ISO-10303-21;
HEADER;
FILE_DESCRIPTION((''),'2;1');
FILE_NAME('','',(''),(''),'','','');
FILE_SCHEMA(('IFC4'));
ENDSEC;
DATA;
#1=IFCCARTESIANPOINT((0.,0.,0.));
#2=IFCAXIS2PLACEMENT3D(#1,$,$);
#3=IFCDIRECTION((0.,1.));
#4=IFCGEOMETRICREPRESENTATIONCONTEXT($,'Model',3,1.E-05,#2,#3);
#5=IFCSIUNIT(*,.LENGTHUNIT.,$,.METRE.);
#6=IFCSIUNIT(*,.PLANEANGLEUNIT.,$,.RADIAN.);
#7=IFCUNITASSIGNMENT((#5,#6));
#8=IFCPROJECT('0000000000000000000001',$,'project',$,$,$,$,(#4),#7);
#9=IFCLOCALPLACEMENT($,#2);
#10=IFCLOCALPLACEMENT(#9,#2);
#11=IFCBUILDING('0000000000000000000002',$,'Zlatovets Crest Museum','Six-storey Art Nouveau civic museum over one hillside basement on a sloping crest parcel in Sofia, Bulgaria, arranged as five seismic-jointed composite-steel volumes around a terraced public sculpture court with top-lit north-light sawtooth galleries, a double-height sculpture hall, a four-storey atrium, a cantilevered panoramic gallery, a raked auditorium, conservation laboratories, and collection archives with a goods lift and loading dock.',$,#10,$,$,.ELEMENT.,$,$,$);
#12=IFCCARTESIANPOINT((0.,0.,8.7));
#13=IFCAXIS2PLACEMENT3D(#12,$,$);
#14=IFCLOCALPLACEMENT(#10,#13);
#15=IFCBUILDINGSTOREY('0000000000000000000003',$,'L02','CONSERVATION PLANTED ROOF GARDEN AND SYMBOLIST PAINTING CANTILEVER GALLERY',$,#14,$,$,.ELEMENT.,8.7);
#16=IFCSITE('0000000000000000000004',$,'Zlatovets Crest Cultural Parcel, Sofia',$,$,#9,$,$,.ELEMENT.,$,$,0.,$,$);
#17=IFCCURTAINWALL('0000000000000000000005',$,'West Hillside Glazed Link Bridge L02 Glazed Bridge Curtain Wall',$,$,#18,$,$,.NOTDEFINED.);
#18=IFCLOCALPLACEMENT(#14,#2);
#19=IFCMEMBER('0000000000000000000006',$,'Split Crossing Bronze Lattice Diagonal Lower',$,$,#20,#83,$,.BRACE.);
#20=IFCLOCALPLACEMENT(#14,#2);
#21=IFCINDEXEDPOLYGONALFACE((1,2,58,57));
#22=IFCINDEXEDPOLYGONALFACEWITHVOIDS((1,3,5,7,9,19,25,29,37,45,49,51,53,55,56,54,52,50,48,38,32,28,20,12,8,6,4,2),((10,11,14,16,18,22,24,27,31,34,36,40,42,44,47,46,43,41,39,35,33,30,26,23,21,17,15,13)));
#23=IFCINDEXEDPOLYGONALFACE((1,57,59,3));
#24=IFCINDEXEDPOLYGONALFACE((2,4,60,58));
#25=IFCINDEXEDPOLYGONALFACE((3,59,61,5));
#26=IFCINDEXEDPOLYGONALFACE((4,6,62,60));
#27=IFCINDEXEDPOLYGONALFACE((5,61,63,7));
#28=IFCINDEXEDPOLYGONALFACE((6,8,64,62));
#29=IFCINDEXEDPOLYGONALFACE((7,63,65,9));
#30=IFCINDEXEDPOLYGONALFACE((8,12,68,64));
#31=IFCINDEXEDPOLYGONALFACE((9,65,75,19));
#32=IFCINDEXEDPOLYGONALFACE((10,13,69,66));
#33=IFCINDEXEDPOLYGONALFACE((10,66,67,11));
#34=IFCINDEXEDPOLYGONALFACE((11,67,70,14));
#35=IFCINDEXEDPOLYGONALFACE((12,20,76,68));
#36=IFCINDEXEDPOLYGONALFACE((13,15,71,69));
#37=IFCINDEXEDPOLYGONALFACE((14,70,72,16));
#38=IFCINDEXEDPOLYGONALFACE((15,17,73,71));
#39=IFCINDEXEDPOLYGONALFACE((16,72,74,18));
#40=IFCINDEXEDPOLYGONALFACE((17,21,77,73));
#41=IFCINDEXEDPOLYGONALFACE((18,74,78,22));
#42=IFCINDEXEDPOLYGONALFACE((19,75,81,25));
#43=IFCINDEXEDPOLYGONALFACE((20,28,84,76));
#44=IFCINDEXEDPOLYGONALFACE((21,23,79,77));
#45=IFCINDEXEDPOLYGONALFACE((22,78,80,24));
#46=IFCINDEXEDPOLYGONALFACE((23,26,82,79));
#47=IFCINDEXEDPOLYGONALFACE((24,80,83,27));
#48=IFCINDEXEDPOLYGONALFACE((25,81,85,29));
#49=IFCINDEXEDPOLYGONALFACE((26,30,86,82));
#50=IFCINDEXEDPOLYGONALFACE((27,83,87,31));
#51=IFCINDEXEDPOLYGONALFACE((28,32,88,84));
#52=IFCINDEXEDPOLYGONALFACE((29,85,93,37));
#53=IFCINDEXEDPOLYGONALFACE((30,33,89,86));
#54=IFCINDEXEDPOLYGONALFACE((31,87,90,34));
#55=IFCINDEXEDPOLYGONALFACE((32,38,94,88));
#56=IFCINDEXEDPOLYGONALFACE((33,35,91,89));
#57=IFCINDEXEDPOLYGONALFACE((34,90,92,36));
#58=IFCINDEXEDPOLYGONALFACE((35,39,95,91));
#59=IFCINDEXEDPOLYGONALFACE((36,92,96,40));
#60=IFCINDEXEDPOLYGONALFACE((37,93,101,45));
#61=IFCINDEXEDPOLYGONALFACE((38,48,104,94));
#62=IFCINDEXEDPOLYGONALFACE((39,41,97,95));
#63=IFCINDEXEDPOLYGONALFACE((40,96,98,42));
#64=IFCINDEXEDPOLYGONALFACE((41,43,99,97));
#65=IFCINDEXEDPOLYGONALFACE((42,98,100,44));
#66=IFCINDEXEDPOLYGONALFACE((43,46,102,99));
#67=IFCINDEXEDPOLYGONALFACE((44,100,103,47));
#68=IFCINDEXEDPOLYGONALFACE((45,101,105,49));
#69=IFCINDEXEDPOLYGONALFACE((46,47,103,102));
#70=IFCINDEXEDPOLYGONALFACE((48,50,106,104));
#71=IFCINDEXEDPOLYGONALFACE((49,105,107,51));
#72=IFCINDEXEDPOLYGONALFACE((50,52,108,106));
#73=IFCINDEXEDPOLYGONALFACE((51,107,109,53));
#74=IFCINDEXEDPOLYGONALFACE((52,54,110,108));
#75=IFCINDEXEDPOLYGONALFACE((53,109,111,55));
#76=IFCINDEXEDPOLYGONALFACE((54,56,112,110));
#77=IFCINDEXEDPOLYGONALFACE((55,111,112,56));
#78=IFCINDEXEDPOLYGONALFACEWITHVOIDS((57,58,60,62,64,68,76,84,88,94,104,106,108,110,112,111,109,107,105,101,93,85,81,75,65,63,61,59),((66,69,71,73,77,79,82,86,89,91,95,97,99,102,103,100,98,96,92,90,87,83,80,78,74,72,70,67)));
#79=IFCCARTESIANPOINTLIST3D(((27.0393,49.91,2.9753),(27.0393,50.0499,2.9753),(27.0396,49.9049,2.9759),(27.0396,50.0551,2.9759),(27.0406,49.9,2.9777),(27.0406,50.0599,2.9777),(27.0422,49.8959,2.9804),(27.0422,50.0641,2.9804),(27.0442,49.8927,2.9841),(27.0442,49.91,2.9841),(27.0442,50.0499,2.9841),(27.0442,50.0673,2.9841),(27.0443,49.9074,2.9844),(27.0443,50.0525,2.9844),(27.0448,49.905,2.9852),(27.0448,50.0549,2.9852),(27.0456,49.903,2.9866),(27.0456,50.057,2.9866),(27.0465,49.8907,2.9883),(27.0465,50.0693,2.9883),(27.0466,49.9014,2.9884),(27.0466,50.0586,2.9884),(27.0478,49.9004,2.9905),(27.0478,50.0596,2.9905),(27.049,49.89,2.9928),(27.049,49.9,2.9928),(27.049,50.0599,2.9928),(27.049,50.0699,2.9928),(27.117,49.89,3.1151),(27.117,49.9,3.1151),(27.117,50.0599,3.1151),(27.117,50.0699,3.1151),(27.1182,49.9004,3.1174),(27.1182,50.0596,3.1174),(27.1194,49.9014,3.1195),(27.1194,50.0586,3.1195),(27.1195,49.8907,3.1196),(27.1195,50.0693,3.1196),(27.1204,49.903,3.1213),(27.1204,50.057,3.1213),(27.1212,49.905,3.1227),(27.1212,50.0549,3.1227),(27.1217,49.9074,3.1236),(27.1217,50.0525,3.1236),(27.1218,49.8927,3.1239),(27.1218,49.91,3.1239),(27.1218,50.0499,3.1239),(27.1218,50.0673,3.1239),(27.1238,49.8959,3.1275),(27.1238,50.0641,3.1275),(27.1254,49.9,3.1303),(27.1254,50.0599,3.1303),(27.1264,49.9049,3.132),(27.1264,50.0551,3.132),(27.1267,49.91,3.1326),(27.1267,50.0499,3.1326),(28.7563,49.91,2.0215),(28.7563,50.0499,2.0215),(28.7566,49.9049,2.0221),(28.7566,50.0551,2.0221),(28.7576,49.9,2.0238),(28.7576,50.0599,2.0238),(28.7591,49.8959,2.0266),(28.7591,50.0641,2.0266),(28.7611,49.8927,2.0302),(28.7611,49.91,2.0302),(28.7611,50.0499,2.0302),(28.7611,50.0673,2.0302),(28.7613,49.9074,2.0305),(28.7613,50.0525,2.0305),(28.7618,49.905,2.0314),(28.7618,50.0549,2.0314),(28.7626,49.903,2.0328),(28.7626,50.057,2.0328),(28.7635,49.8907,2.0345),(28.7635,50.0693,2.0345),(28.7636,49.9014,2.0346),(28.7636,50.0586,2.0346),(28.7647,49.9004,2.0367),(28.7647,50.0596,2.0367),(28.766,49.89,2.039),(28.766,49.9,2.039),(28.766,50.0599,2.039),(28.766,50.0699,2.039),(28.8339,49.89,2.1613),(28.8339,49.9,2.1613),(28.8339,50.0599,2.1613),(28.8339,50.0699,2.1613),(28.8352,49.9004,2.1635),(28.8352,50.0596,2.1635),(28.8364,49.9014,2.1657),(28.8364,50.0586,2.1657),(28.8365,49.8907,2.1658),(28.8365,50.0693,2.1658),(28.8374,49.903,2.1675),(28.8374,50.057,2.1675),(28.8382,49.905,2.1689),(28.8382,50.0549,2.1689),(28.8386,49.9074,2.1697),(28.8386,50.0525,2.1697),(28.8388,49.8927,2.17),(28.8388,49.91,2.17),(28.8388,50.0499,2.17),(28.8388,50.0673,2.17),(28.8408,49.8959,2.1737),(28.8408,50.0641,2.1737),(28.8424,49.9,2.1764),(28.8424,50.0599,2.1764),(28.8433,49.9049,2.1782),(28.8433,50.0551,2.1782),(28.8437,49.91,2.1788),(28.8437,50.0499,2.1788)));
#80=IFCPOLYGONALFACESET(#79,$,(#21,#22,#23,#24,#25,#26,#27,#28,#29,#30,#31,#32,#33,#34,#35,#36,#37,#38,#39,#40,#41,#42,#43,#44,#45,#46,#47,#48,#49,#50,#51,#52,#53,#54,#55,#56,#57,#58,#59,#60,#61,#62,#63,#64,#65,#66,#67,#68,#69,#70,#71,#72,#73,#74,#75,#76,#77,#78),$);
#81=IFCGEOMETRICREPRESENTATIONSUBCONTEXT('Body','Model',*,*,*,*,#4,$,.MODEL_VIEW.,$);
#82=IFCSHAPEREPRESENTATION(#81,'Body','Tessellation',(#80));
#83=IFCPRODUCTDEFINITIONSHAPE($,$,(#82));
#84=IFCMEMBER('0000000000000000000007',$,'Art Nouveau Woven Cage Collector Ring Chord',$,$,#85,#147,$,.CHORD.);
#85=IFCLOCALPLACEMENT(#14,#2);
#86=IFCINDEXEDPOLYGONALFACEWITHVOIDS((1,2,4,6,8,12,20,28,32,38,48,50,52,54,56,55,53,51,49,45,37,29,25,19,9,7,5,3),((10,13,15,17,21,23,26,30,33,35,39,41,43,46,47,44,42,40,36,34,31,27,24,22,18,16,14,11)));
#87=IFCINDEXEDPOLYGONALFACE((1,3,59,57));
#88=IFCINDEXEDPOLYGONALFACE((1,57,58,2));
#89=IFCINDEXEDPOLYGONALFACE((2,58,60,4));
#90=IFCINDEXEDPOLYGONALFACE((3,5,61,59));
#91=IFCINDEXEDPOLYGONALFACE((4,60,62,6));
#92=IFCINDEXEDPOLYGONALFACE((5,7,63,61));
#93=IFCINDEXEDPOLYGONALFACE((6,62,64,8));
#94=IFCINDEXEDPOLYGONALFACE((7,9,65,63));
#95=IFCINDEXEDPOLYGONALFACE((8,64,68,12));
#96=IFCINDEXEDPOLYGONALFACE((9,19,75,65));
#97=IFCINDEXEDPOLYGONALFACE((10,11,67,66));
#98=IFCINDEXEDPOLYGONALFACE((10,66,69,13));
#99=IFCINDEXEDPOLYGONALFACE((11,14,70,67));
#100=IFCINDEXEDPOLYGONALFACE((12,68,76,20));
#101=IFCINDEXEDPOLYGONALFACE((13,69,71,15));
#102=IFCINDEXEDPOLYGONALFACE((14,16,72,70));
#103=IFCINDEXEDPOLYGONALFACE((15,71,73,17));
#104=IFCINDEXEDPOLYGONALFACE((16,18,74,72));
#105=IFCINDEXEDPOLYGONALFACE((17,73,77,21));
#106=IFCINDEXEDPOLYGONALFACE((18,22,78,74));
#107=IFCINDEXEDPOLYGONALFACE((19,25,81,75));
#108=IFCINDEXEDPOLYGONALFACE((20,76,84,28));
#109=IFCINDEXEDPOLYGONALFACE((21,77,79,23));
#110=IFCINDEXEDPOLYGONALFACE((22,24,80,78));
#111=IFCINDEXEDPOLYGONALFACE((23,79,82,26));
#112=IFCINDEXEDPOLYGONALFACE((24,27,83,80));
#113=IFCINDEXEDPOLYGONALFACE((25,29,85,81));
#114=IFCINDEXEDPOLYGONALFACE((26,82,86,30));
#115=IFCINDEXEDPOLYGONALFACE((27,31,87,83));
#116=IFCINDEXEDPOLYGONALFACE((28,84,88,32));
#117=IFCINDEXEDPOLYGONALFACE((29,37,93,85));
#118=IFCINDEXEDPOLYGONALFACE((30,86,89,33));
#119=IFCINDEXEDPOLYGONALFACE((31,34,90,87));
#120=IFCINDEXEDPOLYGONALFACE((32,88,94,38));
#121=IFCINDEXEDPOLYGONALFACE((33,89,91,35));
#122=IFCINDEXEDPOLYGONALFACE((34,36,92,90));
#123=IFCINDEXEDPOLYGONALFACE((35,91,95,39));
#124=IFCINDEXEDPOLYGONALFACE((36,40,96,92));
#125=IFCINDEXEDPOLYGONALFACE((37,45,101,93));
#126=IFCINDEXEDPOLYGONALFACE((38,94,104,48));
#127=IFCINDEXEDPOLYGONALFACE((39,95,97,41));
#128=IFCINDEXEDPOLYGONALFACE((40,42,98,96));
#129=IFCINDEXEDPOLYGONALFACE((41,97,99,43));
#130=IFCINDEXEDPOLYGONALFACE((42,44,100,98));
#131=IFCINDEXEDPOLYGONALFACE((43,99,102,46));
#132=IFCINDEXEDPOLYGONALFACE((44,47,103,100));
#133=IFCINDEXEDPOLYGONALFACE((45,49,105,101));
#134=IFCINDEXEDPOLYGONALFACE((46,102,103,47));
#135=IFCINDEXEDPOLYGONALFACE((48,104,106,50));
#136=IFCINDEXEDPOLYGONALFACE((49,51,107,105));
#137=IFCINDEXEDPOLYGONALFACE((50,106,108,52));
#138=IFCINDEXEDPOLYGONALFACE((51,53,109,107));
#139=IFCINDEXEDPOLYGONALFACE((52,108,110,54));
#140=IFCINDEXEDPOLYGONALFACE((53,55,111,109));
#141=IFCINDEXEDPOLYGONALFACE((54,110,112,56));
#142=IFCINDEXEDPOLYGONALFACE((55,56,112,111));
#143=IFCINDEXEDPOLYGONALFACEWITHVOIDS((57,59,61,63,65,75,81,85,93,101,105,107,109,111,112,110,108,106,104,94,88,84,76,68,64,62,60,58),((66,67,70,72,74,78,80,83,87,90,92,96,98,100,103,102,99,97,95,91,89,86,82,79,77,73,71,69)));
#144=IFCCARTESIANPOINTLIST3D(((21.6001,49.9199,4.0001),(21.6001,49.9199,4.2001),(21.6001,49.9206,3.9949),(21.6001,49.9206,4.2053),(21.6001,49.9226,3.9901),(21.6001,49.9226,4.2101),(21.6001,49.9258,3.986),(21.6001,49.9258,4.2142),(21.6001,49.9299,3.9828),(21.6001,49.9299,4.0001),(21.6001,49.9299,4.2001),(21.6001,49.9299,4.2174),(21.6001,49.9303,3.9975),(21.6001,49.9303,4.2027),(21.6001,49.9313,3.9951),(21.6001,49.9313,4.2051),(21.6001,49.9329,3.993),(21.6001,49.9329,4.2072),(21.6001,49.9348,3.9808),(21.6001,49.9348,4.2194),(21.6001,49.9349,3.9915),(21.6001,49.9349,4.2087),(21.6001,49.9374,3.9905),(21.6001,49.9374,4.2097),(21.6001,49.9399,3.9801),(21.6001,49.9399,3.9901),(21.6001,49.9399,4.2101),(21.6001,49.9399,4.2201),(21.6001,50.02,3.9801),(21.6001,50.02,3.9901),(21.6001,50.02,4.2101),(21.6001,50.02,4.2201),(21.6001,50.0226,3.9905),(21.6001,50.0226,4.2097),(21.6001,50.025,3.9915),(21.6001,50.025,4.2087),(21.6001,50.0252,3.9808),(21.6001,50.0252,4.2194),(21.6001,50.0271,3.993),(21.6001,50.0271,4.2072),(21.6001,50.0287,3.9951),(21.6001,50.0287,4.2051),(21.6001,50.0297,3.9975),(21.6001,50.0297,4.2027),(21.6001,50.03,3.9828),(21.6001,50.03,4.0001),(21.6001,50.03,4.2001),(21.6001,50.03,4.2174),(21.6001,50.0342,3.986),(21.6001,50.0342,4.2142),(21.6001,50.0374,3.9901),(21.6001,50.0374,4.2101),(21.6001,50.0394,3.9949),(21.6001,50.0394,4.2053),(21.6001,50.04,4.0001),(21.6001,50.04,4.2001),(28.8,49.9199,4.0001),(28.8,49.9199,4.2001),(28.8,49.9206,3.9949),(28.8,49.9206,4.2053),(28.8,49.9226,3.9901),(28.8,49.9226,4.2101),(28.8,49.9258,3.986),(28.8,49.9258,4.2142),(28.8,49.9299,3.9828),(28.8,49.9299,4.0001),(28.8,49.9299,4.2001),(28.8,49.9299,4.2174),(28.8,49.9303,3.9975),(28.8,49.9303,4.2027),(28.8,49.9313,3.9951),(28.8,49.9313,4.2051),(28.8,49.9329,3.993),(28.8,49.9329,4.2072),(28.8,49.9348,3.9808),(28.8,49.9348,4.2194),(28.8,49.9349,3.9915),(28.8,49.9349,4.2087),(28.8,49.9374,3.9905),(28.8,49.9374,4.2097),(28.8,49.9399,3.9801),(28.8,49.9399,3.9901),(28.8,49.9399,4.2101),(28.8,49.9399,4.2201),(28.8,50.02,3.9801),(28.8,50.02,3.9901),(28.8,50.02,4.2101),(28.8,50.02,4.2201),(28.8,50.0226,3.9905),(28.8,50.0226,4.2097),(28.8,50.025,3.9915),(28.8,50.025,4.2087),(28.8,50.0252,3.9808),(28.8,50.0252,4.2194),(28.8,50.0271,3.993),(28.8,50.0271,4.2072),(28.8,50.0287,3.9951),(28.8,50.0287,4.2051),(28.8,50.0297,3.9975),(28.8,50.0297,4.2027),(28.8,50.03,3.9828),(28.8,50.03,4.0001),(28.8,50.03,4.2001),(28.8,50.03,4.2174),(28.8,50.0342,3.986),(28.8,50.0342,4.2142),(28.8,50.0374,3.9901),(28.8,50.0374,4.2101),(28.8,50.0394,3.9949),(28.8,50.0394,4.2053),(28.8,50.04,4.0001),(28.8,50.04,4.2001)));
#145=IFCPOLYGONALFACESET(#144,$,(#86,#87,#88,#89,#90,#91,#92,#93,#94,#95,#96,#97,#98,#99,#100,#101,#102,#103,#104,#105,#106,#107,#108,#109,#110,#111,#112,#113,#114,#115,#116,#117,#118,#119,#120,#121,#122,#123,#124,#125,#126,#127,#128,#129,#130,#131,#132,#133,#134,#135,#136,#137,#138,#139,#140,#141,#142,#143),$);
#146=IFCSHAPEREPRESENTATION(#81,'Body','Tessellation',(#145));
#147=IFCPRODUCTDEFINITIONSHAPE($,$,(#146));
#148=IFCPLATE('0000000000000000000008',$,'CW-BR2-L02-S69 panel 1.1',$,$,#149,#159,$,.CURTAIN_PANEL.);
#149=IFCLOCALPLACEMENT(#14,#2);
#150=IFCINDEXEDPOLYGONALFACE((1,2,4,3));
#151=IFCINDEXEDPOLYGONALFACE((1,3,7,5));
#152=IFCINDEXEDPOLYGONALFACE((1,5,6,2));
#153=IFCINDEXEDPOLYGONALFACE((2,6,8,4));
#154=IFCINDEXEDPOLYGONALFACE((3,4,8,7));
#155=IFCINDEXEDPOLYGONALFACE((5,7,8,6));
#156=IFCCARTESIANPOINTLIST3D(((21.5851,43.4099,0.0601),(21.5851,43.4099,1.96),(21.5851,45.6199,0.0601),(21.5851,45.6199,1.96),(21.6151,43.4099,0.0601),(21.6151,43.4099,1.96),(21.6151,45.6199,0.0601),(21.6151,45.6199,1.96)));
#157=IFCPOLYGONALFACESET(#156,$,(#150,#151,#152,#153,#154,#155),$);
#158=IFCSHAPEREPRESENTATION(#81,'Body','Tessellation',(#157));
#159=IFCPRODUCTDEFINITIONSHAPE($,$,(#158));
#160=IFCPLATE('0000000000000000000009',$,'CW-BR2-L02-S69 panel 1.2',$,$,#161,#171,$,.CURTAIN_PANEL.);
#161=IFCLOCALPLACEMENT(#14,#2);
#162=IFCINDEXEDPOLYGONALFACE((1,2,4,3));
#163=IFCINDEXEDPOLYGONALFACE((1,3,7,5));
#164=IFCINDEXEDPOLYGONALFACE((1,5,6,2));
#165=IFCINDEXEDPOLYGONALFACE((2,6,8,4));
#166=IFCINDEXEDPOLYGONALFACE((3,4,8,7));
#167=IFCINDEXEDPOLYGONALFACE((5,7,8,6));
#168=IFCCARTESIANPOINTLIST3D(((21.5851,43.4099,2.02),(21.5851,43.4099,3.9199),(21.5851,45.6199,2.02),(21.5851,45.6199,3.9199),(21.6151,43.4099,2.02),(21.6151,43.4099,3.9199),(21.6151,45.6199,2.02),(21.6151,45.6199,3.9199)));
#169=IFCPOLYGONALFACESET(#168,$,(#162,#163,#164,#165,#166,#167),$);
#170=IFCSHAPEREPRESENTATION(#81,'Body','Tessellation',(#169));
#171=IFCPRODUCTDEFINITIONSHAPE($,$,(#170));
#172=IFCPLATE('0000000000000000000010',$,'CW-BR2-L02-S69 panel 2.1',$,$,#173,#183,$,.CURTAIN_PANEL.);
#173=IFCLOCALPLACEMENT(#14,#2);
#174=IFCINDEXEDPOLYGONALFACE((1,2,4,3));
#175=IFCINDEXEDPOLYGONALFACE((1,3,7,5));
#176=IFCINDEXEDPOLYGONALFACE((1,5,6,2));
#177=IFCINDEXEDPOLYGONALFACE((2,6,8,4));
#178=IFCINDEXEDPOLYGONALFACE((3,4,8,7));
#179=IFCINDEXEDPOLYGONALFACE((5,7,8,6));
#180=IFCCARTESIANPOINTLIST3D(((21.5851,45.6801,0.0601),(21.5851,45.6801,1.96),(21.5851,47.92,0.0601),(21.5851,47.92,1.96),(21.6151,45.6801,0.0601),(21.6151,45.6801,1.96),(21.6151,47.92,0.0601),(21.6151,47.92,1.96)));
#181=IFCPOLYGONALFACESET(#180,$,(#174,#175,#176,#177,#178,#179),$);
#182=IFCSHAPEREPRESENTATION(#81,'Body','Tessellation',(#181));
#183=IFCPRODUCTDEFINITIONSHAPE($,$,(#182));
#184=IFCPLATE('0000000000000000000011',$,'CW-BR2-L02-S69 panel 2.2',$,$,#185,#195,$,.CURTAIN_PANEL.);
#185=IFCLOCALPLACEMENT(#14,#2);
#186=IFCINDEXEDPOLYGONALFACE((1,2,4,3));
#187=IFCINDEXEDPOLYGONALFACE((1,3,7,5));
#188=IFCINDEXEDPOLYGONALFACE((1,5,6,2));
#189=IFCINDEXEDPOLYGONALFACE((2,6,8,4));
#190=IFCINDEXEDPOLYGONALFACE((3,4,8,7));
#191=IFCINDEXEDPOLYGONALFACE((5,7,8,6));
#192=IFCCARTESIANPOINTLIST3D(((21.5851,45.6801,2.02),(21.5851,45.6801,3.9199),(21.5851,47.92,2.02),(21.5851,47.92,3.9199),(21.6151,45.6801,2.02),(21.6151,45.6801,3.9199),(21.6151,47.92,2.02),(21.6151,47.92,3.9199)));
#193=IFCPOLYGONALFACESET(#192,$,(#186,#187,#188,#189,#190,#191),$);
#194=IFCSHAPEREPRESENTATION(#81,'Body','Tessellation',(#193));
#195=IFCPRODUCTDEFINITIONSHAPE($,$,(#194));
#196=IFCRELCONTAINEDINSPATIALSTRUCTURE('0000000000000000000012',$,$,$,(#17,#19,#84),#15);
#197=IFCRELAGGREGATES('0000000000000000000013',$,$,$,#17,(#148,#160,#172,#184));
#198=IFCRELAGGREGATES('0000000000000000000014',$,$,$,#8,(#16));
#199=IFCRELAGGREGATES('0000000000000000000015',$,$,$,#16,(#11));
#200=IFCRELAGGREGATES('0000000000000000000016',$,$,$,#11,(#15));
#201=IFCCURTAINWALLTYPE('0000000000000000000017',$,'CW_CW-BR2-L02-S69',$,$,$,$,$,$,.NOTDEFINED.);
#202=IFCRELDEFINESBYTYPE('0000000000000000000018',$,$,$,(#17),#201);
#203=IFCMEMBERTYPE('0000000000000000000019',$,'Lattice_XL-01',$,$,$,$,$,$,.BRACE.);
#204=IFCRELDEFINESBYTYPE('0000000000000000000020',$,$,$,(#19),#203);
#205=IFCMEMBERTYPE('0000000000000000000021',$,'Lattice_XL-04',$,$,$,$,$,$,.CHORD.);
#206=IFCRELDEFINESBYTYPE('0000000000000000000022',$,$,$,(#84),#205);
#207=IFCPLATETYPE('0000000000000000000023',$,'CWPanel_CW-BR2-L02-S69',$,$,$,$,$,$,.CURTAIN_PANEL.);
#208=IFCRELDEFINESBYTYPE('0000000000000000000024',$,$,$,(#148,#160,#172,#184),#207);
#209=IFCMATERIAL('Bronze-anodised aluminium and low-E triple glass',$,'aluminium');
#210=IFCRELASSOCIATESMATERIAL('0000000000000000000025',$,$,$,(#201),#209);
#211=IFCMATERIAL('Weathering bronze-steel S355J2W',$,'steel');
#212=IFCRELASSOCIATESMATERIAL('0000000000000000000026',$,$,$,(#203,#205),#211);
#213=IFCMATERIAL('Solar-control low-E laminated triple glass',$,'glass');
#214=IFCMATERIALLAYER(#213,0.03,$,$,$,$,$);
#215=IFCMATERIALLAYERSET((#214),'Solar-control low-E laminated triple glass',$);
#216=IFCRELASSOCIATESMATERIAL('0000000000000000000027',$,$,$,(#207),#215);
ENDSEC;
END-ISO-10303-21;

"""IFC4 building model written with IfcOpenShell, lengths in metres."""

from ifc_helpers import new_model, si_unit, direction, frame, origin, origin_2d, place, context, subcontext, project, spatial, rectangle, hollow_rectangle, extrude, material, layer, layer_set, material_profile, profile_set, type_object, element, aggregate, save


model = new_model("IFC4")

# Units and contexts
model_context = context("Model", 3, precision=1e-05, world=origin(), true_north=direction((0.0, 1.0)))
body_context = subcontext(model_context, "Body", "Model", "MODEL_VIEW")
ifc_project = project(units=[si_unit("LENGTHUNIT", "METRE"), si_unit("PLANEANGLEUNIT", "RADIAN")], contexts=[model_context])

# Site, building, storey
site_placement = place(None, origin())
site = spatial("IfcSite", under=ifc_project, at=site_placement, Name="Zlatovets Crest Cultural Parcel, Sofia", CompositionType="ELEMENT", RefElevation=0.0)
building_placement = place(site_placement, origin())
building = spatial("IfcBuilding", under=site, at=building_placement, Name="Zlatovets Crest Museum", Description="Six-storey Art Nouveau civic museum over one hillside basement on a sloping crest parcel in Sofia, Bulgaria, arranged as five seismic-jointed composite-steel volumes around a terraced public sculpture court with top-lit north-light sawtooth galleries, a double-height sculpture hall, a four-storey atrium, a cantilevered panoramic gallery, a raked auditorium, conservation laboratories, and collection archives with a goods lift and loading dock.", CompositionType="ELEMENT")
storey_placement = place(building_placement, frame((0.0, 0.0, 8.7)))
storey = spatial("IfcBuildingStorey", under=building, at=storey_placement, Name="L02", Description="CONSERVATION PLANTED ROOF GARDEN AND SYMBOLIST PAINTING CANTILEVER GALLERY", CompositionType="ELEMENT", Elevation=8.7)

# Curtain wall
ifc_material_1 = material(Name="Bronze-anodised aluminium and low-E triple glass", Category="aluminium")
curtain_wall_type = type_object("IfcCurtainWallType", Name="CW_CW-BR2-L02-S69", PredefinedType="NOTDEFINED", material=ifc_material_1)
curtain_wall_placement = place(storey_placement, origin())
curtain_wall = element("IfcCurtainWall", 1, at=curtain_wall_placement, inside=storey, type_object=curtain_wall_type, Name="West Hillside Glazed Link Bridge L02 Glazed Bridge Curtain Wall", PredefinedType="NOTDEFINED")

# Members
ifc_material_2 = material(Name="Weathering bronze-steel S355J2W", Category="steel")
ifc_material_profile_1 = material_profile(ifc_material_2, hollow_rectangle(XDim=0.1799, YDim=0.1799, WallThickness=0.01, InnerFilletRadius=0.01, OuterFilletRadius=0.02, at=origin_2d()), Name="SHS 180x180x10.0")
ifc_profile_set_1 = profile_set([ifc_material_profile_1], Name="Weathering bronze-steel S355J2W")
member_type_1 = type_object("IfcMemberType", Name="Lattice_XL-01", PredefinedType="BRACE", material=ifc_profile_set_1)
for number, where, z_axis, x_axis, name in (
    (2, (27.083, 49.98, 3.054), (0.874169, 0.0, -0.485622), (0.0, 1.0, 0.0), "Split Crossing Bronze Lattice Diagonal Lower"),
):
    element("IfcMember", number, at=place(storey_placement, frame(where, z_axis=z_axis, x_axis=x_axis)), inside=storey, type_object=member_type_1, Name=name, PredefinedType="BRACE", context=body_context, shape_type="SweptSolid", body=[
        extrude(hollow_rectangle(XDim=0.1799, YDim=0.1799, WallThickness=0.01, InnerFilletRadius=0.01, OuterFilletRadius=0.02, at=origin_2d()), origin(), (0.0, 0.0, 1.0), 1.9641),
    ])
ifc_material_profile_2 = material_profile(ifc_material_2, hollow_rectangle(XDim=0.1201, YDim=0.24, WallThickness=0.01, InnerFilletRadius=0.01, OuterFilletRadius=0.02, at=origin_2d()), Name="RHS 120x240x10.0")
ifc_profile_set_2 = profile_set([ifc_material_profile_2], Name="Weathering bronze-steel S355J2W")
member_type_2 = type_object("IfcMemberType", Name="Lattice_XL-04", PredefinedType="CHORD", material=ifc_profile_set_2)
member_1_placement = place(storey_placement, frame((21.6001, 49.98, 4.1001), z_axis=(1.0, 0.0, 0.0), x_axis=(0.0, 1.0, 0.0)))
element("IfcMember", 3, at=member_1_placement, inside=storey, type_object=member_type_2, Name="Art Nouveau Woven Cage Collector Ring Chord", PredefinedType="CHORD", context=body_context, shape_type="SweptSolid", body=[
    extrude(hollow_rectangle(XDim=0.1201, YDim=0.24, WallThickness=0.01, InnerFilletRadius=0.01, OuterFilletRadius=0.02, at=origin_2d()), origin(), (0.0, 0.0, 1.0), 7.2),
])

# Plates
ifc_material_3 = material(Name="Solar-control low-E laminated triple glass", Category="glass")
ifc_layer_1 = layer(ifc_material_3, 0.03)
ifc_layer_set_1 = layer_set([ifc_layer_1], Name="Solar-control low-E laminated triple glass")
plate_type_1 = type_object("IfcPlateType", Name="CWPanel_CW-BR2-L02-S69", PredefinedType="CURTAIN_PANEL", material=ifc_layer_set_1)
plate_1_placement = place(storey_placement, frame((21.6001, 44.5149, 0.0601), z_axis=(0.0, 0.0, 1.0), x_axis=(0.0, 1.0, 0.0)))
plate_1 = element("IfcPlate", 4, at=plate_1_placement, type_object=plate_type_1, Name="CW-BR2-L02-S69 panel 1.1", PredefinedType="CURTAIN_PANEL", context=body_context, shape_type="SweptSolid", body=[
    extrude(rectangle(XDim=2.21, YDim=0.03, at=origin_2d()), origin(), (0.0, 0.0, 1.0), 1.8999),
])
plate_2_placement = place(storey_placement, frame((21.6001, 44.5149, 2.02), z_axis=(0.0, 0.0, 1.0), x_axis=(0.0, 1.0, 0.0)))
plate_2 = element("IfcPlate", 5, at=plate_2_placement, type_object=plate_type_1, Name="CW-BR2-L02-S69 panel 1.2", PredefinedType="CURTAIN_PANEL", context=body_context, shape_type="SweptSolid", body=[
    extrude(rectangle(XDim=2.21, YDim=0.03, at=origin_2d()), origin(), (0.0, 0.0, 1.0), 1.8999),
])
plate_3_placement = place(storey_placement, frame((21.6001, 46.8, 0.0601), z_axis=(0.0, 0.0, 1.0), x_axis=(0.0, 1.0, 0.0)))
plate_3 = element("IfcPlate", 6, at=plate_3_placement, type_object=plate_type_1, Name="CW-BR2-L02-S69 panel 2.1", PredefinedType="CURTAIN_PANEL", context=body_context, shape_type="SweptSolid", body=[
    extrude(rectangle(XDim=2.24, YDim=0.03, at=origin_2d()), origin(), (0.0, 0.0, 1.0), 1.8999),
])
plate_4_placement = place(storey_placement, frame((21.6001, 46.8, 2.02), z_axis=(0.0, 0.0, 1.0), x_axis=(0.0, 1.0, 0.0)))
plate_4 = element("IfcPlate", 7, at=plate_4_placement, type_object=plate_type_1, Name="CW-BR2-L02-S69 panel 2.2", PredefinedType="CURTAIN_PANEL", context=body_context, shape_type="SweptSolid", body=[
    extrude(rectangle(XDim=2.24, YDim=0.03, at=origin_2d()), origin(), (0.0, 0.0, 1.0), 1.8999),
])
aggregate(curtain_wall, [plate_1, plate_2, plate_3, plate_4])

save(model, "model.ifc")
